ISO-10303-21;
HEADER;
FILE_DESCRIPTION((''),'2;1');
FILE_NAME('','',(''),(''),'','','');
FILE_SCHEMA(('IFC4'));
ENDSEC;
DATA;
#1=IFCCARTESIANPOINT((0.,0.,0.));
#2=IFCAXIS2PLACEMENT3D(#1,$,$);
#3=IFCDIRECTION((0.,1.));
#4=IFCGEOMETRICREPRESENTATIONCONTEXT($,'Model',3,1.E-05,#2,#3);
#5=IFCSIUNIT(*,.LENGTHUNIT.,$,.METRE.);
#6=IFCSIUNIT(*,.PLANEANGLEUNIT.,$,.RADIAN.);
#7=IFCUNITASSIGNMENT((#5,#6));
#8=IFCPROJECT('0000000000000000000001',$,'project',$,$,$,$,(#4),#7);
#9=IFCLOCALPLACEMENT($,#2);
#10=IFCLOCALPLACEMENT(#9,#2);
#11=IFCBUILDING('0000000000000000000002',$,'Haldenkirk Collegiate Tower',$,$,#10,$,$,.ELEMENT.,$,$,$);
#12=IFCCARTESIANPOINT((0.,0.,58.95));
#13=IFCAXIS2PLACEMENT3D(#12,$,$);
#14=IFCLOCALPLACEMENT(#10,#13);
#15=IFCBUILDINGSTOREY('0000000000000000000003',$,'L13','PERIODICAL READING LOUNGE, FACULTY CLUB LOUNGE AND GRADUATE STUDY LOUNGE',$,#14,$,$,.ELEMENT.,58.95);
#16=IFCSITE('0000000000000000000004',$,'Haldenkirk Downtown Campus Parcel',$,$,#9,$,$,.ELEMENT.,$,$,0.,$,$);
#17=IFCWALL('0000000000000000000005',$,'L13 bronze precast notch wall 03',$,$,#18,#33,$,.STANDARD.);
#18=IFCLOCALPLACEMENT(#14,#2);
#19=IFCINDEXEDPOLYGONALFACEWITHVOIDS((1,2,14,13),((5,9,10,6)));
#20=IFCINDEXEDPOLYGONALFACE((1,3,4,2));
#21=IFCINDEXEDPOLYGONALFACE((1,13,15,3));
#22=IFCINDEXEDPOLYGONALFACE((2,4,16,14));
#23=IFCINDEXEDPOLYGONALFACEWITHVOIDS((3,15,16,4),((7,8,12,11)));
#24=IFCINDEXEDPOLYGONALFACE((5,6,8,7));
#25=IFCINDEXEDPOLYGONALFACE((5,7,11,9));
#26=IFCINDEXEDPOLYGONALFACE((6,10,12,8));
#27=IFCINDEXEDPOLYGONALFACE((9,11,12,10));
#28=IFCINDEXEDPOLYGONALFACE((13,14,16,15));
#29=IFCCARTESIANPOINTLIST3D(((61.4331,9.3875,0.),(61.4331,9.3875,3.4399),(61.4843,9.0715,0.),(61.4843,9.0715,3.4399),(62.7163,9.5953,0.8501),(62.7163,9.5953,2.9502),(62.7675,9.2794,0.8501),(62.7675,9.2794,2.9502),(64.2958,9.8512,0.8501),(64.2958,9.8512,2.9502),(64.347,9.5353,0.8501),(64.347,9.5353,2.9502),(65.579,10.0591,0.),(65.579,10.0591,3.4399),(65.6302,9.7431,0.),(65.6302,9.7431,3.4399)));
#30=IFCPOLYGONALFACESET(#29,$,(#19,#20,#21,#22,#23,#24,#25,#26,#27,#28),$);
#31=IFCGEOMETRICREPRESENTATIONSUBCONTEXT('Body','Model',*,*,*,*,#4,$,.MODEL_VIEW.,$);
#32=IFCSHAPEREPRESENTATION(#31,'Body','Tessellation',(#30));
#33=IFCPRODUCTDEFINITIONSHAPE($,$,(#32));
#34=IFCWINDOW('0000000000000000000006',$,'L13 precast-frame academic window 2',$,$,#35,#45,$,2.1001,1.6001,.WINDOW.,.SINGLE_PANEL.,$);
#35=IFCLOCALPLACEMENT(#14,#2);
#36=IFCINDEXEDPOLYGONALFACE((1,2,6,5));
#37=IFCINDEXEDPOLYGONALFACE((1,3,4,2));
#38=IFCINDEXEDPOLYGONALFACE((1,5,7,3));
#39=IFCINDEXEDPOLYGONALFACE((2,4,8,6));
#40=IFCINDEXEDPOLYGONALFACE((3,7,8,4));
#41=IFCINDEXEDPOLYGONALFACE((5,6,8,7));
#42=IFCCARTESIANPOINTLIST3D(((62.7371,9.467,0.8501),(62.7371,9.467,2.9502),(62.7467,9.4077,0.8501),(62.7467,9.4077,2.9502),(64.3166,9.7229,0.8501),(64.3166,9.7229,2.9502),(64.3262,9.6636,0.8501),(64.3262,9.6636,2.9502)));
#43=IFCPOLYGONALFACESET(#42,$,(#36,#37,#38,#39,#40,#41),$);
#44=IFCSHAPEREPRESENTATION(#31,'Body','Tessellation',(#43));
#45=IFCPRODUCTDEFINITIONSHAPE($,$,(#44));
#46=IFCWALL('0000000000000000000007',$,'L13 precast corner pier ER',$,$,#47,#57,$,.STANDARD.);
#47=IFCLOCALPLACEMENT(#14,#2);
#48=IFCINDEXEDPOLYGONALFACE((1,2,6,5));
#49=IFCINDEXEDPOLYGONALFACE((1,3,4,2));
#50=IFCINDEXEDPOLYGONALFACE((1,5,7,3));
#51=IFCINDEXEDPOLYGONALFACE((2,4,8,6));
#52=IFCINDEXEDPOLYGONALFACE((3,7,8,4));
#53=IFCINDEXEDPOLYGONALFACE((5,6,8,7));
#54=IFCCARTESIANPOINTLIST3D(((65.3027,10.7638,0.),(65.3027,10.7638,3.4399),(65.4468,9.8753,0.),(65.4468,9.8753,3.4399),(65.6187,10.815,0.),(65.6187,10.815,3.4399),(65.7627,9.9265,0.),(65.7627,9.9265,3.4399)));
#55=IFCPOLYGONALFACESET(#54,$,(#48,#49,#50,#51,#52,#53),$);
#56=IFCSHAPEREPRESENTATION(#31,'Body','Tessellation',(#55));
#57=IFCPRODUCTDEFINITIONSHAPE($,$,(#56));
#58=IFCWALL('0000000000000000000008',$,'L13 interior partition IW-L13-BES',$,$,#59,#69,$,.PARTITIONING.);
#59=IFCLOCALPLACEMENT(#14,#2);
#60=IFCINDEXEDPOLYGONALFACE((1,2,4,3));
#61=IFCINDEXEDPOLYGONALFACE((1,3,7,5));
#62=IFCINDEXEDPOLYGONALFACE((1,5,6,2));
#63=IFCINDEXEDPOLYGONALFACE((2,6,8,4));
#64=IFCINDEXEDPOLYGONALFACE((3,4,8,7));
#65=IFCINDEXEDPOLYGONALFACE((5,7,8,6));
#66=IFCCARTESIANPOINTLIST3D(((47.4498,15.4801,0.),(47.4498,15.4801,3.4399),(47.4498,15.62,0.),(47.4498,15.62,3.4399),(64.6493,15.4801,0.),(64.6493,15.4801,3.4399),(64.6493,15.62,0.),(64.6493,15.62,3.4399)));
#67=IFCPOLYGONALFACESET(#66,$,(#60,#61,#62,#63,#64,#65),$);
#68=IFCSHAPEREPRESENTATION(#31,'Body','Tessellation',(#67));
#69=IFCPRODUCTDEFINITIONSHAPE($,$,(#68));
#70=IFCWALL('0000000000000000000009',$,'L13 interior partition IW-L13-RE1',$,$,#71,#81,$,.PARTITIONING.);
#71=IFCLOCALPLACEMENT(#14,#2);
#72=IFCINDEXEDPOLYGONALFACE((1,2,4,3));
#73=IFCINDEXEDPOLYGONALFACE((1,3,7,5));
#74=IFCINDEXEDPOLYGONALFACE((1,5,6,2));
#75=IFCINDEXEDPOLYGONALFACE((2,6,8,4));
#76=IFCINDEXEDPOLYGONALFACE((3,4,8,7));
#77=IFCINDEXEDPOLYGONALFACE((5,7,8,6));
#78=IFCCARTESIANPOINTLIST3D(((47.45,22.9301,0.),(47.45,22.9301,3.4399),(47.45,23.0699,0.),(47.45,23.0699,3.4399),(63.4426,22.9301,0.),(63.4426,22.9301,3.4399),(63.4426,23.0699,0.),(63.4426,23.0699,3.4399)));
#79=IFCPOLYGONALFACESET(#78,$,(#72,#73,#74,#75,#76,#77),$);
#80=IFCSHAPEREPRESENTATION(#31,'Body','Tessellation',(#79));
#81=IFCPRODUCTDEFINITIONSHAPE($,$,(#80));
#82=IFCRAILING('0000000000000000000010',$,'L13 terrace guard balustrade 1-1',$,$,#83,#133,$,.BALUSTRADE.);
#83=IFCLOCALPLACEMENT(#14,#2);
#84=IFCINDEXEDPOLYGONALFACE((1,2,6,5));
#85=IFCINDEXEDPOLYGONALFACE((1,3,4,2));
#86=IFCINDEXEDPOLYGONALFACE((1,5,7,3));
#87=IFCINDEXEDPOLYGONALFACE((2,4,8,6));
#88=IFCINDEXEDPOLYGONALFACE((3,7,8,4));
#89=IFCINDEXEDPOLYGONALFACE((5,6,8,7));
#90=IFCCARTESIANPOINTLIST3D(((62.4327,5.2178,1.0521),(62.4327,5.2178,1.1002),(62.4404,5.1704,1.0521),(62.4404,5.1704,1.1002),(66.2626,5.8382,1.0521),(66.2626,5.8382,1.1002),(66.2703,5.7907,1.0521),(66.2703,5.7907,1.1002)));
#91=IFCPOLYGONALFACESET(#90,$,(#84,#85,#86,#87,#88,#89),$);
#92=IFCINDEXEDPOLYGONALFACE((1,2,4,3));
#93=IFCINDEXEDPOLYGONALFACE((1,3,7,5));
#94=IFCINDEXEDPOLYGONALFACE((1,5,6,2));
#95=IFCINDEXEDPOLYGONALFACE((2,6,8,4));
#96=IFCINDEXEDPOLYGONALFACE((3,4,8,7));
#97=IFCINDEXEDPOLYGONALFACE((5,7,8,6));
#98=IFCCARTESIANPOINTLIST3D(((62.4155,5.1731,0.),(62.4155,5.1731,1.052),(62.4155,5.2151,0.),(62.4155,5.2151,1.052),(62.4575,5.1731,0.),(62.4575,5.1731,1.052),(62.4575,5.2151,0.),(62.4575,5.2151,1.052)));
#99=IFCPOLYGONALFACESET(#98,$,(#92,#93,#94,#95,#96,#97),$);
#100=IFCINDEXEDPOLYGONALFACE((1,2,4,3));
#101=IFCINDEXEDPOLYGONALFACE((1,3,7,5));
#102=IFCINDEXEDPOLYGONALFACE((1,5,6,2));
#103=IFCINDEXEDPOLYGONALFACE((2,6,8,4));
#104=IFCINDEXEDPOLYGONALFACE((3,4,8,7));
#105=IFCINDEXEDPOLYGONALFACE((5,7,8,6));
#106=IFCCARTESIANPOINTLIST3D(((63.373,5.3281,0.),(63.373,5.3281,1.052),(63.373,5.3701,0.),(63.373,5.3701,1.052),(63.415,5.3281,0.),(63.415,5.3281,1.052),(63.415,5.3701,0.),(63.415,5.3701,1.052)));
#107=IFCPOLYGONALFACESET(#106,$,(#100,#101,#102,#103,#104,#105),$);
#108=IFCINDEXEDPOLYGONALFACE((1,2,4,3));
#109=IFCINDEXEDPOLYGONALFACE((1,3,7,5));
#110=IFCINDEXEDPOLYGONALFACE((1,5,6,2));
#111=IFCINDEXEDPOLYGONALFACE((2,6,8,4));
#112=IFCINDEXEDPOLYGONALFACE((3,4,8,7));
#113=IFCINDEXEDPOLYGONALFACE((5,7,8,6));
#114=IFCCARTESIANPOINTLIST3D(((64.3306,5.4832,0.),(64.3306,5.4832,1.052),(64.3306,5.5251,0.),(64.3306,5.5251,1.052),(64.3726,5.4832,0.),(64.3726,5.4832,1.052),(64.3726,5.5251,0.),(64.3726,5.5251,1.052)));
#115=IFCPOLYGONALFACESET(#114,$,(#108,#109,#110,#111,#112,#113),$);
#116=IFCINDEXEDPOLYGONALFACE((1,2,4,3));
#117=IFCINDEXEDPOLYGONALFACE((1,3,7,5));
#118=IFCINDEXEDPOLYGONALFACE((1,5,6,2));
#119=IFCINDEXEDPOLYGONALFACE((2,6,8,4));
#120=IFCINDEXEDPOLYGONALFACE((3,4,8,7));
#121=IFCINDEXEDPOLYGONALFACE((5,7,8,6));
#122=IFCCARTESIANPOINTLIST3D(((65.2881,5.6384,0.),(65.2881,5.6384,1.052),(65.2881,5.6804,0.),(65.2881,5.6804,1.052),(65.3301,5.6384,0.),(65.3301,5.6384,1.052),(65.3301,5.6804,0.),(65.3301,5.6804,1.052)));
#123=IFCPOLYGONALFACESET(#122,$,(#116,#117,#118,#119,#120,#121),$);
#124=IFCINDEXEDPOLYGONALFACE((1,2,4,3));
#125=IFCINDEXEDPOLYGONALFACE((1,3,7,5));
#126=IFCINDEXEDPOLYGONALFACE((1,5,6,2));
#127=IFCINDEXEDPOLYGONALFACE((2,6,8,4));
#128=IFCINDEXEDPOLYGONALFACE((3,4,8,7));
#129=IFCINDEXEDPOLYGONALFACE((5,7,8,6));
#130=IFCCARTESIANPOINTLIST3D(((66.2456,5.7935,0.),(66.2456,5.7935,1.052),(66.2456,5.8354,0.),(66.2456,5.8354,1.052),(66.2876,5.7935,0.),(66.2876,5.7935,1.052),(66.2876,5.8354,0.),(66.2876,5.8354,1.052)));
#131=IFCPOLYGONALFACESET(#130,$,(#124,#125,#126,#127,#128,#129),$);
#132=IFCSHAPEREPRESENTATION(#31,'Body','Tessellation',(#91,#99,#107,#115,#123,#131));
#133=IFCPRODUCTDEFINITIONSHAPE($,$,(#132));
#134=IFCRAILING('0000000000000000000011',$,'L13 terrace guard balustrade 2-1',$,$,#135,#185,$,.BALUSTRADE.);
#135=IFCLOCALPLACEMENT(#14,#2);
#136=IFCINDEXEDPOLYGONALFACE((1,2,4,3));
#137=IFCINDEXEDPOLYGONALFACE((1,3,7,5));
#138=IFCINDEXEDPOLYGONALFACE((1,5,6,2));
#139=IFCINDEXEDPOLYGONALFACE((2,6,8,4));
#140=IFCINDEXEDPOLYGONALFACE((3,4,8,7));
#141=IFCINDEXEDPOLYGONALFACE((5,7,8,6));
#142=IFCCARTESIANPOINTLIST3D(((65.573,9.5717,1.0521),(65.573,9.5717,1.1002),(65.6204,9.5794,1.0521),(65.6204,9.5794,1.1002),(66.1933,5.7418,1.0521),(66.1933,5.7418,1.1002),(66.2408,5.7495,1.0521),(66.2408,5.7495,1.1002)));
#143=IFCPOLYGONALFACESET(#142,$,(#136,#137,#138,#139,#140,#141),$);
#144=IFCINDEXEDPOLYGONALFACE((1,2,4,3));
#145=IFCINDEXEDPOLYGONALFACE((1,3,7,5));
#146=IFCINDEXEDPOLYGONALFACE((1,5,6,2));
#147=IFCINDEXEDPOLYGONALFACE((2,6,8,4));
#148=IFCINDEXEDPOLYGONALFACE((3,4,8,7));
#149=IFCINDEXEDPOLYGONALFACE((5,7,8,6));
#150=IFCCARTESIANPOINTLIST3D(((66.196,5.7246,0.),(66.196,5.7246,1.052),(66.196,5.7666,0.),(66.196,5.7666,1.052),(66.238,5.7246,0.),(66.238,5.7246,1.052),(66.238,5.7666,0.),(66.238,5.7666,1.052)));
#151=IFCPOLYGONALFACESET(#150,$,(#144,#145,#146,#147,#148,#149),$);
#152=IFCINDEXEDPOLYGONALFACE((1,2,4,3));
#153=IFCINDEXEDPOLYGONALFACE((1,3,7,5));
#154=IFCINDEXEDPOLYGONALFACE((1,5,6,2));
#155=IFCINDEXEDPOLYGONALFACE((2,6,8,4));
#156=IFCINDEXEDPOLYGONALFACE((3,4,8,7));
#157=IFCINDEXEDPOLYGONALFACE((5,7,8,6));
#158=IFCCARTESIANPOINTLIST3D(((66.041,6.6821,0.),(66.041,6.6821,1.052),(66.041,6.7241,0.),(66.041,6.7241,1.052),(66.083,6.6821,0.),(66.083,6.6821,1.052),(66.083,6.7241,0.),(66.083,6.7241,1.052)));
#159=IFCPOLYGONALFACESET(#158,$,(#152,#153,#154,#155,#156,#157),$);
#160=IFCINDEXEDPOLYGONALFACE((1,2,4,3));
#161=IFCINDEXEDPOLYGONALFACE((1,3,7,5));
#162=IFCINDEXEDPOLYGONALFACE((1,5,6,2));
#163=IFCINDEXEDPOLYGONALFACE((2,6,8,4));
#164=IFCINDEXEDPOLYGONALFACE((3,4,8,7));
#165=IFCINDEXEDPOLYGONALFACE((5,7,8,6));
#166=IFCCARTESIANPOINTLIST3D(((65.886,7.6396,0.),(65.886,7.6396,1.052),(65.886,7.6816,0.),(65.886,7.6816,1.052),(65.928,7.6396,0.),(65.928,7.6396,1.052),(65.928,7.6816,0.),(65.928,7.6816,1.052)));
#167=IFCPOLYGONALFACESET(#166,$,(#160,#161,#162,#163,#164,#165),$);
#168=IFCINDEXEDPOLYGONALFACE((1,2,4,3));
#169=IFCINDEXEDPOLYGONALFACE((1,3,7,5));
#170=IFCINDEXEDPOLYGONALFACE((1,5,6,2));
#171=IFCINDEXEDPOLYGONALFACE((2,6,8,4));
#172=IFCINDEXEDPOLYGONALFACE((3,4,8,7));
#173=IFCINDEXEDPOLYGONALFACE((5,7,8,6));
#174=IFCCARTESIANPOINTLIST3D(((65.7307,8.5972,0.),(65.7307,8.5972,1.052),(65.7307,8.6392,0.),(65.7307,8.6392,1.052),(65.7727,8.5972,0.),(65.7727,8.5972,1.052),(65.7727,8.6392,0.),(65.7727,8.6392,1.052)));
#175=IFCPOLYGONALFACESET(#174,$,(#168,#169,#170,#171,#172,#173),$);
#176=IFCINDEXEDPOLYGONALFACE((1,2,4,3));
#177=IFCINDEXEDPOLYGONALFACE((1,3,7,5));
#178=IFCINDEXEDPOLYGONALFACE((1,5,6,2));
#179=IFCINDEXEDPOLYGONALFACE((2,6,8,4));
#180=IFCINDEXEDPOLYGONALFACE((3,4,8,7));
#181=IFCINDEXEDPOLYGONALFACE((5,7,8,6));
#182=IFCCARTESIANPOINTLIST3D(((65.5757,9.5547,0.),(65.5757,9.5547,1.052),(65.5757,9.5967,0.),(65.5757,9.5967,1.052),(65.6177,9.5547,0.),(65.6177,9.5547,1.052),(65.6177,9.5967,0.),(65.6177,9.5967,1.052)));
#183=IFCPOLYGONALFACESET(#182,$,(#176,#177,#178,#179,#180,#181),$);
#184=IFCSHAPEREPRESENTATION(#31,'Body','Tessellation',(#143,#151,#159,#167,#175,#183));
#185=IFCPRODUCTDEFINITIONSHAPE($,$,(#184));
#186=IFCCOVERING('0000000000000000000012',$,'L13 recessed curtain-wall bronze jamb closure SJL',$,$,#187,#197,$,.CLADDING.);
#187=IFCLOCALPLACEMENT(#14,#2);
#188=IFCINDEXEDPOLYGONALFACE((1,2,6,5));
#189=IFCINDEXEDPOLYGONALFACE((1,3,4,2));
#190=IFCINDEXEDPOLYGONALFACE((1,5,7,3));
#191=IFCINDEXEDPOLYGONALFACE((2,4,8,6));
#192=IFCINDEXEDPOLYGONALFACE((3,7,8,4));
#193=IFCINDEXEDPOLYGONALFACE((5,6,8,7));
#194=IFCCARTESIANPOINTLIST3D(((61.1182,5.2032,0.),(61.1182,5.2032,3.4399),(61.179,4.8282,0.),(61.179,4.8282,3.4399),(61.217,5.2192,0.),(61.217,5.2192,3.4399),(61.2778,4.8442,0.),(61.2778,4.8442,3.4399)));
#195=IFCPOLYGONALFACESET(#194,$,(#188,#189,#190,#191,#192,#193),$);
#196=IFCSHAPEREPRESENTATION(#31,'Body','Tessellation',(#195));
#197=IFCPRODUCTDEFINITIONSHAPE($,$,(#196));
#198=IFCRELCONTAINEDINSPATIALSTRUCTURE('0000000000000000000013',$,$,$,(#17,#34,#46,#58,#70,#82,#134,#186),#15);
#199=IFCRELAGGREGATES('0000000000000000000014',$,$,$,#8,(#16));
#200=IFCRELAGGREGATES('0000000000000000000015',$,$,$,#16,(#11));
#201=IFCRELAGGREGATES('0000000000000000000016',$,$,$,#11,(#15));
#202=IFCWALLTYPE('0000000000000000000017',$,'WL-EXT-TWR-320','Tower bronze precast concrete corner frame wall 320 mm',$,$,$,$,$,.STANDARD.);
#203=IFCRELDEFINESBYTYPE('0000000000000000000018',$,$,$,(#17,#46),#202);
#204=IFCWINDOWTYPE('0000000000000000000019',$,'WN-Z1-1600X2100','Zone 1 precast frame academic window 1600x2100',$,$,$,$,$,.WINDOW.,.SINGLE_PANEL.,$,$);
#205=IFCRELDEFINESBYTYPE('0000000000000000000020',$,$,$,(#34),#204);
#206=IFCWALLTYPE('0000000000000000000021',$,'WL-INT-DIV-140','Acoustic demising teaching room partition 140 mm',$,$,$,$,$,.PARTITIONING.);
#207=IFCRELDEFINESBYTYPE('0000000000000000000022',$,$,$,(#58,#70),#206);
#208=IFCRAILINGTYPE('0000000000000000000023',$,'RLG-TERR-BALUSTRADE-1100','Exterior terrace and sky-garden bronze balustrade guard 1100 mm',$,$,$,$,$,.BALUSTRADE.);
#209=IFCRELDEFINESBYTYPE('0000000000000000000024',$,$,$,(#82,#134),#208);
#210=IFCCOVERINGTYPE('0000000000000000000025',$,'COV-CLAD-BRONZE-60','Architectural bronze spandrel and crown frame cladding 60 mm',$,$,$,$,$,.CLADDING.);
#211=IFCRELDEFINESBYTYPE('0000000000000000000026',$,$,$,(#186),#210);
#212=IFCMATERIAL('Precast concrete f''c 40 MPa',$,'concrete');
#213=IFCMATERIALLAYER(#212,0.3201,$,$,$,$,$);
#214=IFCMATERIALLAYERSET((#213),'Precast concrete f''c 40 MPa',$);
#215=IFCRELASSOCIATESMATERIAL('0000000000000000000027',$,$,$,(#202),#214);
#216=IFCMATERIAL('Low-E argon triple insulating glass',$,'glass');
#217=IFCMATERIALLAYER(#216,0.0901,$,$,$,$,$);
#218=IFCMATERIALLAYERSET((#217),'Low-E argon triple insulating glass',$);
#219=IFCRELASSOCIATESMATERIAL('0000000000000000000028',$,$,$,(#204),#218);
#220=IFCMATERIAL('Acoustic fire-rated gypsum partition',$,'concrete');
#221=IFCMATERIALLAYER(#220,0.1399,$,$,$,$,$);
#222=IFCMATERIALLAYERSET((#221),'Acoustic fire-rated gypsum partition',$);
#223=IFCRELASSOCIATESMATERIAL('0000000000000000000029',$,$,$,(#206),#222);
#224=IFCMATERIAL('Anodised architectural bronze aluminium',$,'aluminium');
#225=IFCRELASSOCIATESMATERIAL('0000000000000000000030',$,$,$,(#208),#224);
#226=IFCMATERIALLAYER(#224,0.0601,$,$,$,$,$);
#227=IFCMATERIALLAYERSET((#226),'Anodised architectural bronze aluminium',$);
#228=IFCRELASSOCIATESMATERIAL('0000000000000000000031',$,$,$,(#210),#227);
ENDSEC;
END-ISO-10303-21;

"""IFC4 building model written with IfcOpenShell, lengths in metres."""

from ifc_helpers import new_model, si_unit, direction, frame, frame_2d, origin, origin_2d, place, context, subcontext, project, spatial, rectangle, extrude, source, transform, mapped, material, layer, layer_set, type_object, element, fill, save


model = new_model("IFC4")

# Units and contexts
model_context = context("Model", 3, precision=1e-05, world=origin(), true_north=direction((0.0, 1.0)))
body_context = subcontext(model_context, "Body", "Model", "MODEL_VIEW")
ifc_project = project(units=[si_unit("LENGTHUNIT", "METRE"), si_unit("PLANEANGLEUNIT", "RADIAN")], contexts=[model_context])

# Site, building, storey
site_placement = place(None, origin())
site = spatial("IfcSite", under=ifc_project, at=site_placement, Name="Haldenkirk Downtown Campus Parcel", CompositionType="ELEMENT", RefElevation=0.0)
building_placement = place(site_placement, origin())
building = spatial("IfcBuilding", under=site, at=building_placement, Name="Haldenkirk Collegiate Tower", CompositionType="ELEMENT")
storey_placement = place(building_placement, frame((0.0, 0.0, 58.95)))
storey = spatial("IfcBuildingStorey", under=building, at=storey_placement, Name="L13", Description="PERIODICAL READING LOUNGE, FACULTY CLUB LOUNGE AND GRADUATE STUDY LOUNGE", CompositionType="ELEMENT", Elevation=58.95)

# Shared definitions
ifc_material_1 = material(Name="Anodised architectural bronze aluminium", Category="aluminium")

# Shared definitions
ifc_material_2 = material(Name="Low-E argon triple insulating glass", Category="glass")

# Shared definitions
ifc_material_3 = material(Name="Precast concrete f'c 40 MPa", Category="concrete")
ifc_layer_1 = layer(ifc_material_3, 0.3201)
ifc_layer_set_1 = layer_set([ifc_layer_1], Name="Precast concrete f'c 40 MPa")
wall_type_1 = type_object("IfcWallType", Name="WL-EXT-TWR-320", Description="Tower bronze precast concrete corner frame wall 320 mm", PredefinedType="STANDARD", material=ifc_layer_set_1)

# Wall, opening, window
wall_1_placement = place(storey_placement, frame((65.6047, 9.9011, 0.0), z_axis=(0.0, 0.0, 1.0), x_axis=(-0.987132, -0.15991, 0.0)))
wall_1 = element("IfcWall", 1, at=wall_1_placement, inside=storey, type_object=wall_type_1, Name="L13 bronze precast notch wall 03", PredefinedType="STANDARD", context=body_context, shape_type="SweptSolid", body=[
    extrude(rectangle(XDim=4.2, YDim=0.3201, at=frame_2d((2.1001, 0.0))), origin(), (0.0, 0.0, 1.0), 3.4399),
])
opening_1_placement = place(wall_1_placement, frame((1.3, 0.0, 0.8501)))
opening_1 = element("IfcOpeningElement", 2, at=opening_1_placement, cuts=wall_1, PredefinedType="OPENING", context=body_context, shape_type="SweptSolid", body=[
    extrude(rectangle(XDim=1.6001, YDim=2.1001, at=frame_2d((0.8, 1.05))), frame((0.0, 0.1699, 0.0), z_axis=(0.0, -1.0, 0.0), x_axis=(1.0, 0.0, 0.0)), (0.0, 0.0, 1.0), 0.3401),
])
ifc_layer_2 = layer(ifc_material_2, 0.0901)
ifc_layer_set_2 = layer_set([ifc_layer_2], Name="Low-E argon triple insulating glass")
window_type = type_object("IfcWindowType", Name="WN-Z1-1600X2100", Description="Zone 1 precast frame academic window 1600x2100", PartitioningType="SINGLE_PANEL", PredefinedType="WINDOW", material=ifc_layer_set_2)
window_placement = place(opening_1_placement, origin())
window = element("IfcWindow", 3, at=window_placement, inside=storey, type_object=window_type, Name="L13 precast-frame academic window 2", OverallHeight=2.1001, OverallWidth=1.6001, PartitioningType="SINGLE_PANEL", PredefinedType="WINDOW", context=body_context, shape_type="SweptSolid", body=[
    extrude(rectangle(XDim=1.6001, YDim=2.1001, at=frame_2d((0.8, 1.05))), frame((0.0, 0.03, 0.0), z_axis=(0.0, -1.0, 0.0), x_axis=(1.0, 0.0, 0.0)), (0.0, 0.0, 1.0), 0.0601),
])
fill(opening_1, window)

# Walls
wall_2_placement = place(storey_placement, frame((65.4607, 10.7896, 0.0), z_axis=(0.0, 0.0, 1.0), x_axis=(0.160043, -0.98711, 0.0)))
element("IfcWall", 4, at=wall_2_placement, inside=storey, type_object=wall_type_1, Name="L13 precast corner pier ER", PredefinedType="STANDARD", context=body_context, shape_type="SweptSolid", body=[
    extrude(rectangle(XDim=0.9001, YDim=0.3201, at=frame_2d((0.4502, 0.0))), origin(), (0.0, 0.0, 1.0), 3.4399),
])
ifc_material_4 = material(Name="Acoustic fire-rated gypsum partition", Category="concrete")
ifc_layer_3 = layer(ifc_material_4, 0.1399)
ifc_layer_set_3 = layer_set([ifc_layer_3], Name="Acoustic fire-rated gypsum partition")
wall_type_2 = type_object("IfcWallType", Name="WL-INT-DIV-140", Description="Acoustic demising teaching room partition 140 mm", PredefinedType="PARTITIONING", material=ifc_layer_set_3)
wall_3_placement = place(storey_placement, frame((47.45, 15.55, 0.0), z_axis=(0.0, 0.0, 1.0), x_axis=(1.0, 0.0, 0.0)))
element("IfcWall", 5, at=wall_3_placement, inside=storey, type_object=wall_type_2, Name="L13 interior partition IW-L13-BES", PredefinedType="PARTITIONING", context=body_context, shape_type="SweptSolid", body=[
    extrude(rectangle(XDim=17.1995, YDim=0.1399, at=frame_2d((8.5996, 0.0))), origin(), (0.0, 0.0, 1.0), 3.4399),
])
wall_4_placement = place(storey_placement, frame((47.45, 23.0, 0.0), z_axis=(0.0, 0.0, 1.0), x_axis=(1.0, 0.0, 0.0)))
element("IfcWall", 6, at=wall_4_placement, inside=storey, type_object=wall_type_2, Name="L13 interior partition IW-L13-RE1", PredefinedType="PARTITIONING", context=body_context, shape_type="SweptSolid", body=[
    extrude(rectangle(XDim=15.9927, YDim=0.1399, at=frame_2d((7.9963, 0.0))), origin(), (0.0, 0.0, 1.0), 3.4399),
])

# Railings
railing_type = type_object("IfcRailingType", Name="RLG-TERR-BALUSTRADE-1100", Description="Exterior terrace and sky-garden bronze balustrade guard 1100 mm", PredefinedType="BALUSTRADE", material=ifc_material_1)
railing_1_placement = place(storey_placement, frame((62.4365, 5.1941, 0.0)))
element("IfcRailing", 7, at=railing_1_placement, inside=storey, type_object=railing_type, Name="L13 terrace guard balustrade 1-1", PredefinedType="BALUSTRADE", context=body_context, shape_type="SweptSolid", body=[
    extrude(rectangle(XDim=0.0481, YDim=0.0481, at=origin_2d()), frame((0.0, 0.0, 1.0762), z_axis=(0.987135, 0.159887, 0.0), x_axis=(-0.159887, 0.987135, 0.0)), (0.0, 0.0, 1.0), 3.8799),
    extrude(rectangle(XDim=0.042, YDim=0.042, at=origin_2d()), origin(), (0.0, 0.0, 1.0), 1.052),
    extrude(rectangle(XDim=0.042, YDim=0.042, at=origin_2d()), frame((0.9575, 0.155, 0.0)), (0.0, 0.0, 1.0), 1.052),
    extrude(rectangle(XDim=0.042, YDim=0.042, at=origin_2d()), frame((1.915, 0.3101, 0.0)), (0.0, 0.0, 1.0), 1.052),
    extrude(rectangle(XDim=0.042, YDim=0.042, at=origin_2d()), frame((2.8726, 0.4653, 0.0)), (0.0, 0.0, 1.0), 1.052),
    extrude(rectangle(XDim=0.042, YDim=0.042, at=origin_2d()), frame((3.8301, 0.6204, 0.0)), (0.0, 0.0, 1.0), 1.052),
])
railing_2_placement = place(storey_placement, frame((66.217, 5.7456, 0.0)))
element("IfcRailing", 8, at=railing_2_placement, inside=storey, type_object=railing_type, Name="L13 terrace guard balustrade 2-1", PredefinedType="BALUSTRADE", context=body_context, shape_type="SweptSolid", body=[
    extrude(rectangle(XDim=0.0481, YDim=0.0481, at=origin_2d()), frame((0.0, 0.0, 1.0762), z_axis=(-0.159887, 0.987135, 0.0), x_axis=(-0.987135, -0.159887, 0.0)), (0.0, 0.0, 1.0), 3.8799),
    extrude(rectangle(XDim=0.042, YDim=0.042, at=origin_2d()), origin(), (0.0, 0.0, 1.0), 1.052),
    extrude(rectangle(XDim=0.042, YDim=0.042, at=origin_2d()), frame((-0.155, 0.9575, 0.0)), (0.0, 0.0, 1.0), 1.052),
    extrude(rectangle(XDim=0.042, YDim=0.042, at=origin_2d()), frame((-0.3101, 1.915, 0.0)), (0.0, 0.0, 1.0), 1.052),
    extrude(rectangle(XDim=0.042, YDim=0.042, at=origin_2d()), frame((-0.4653, 2.8726, 0.0)), (0.0, 0.0, 1.0), 1.052),
    extrude(rectangle(XDim=0.042, YDim=0.042, at=origin_2d()), frame((-0.6204, 3.8301, 0.0)), (0.0, 0.0, 1.0), 1.052),
])

# Covering
ifc_layer_4 = layer(ifc_material_1, 0.0601)
ifc_layer_set_4 = layer_set([ifc_layer_4], Name="Anodised architectural bronze aluminium")
covering_type = type_object("IfcCoveringType", Name="COV-CLAD-BRONZE-60", Description="Architectural bronze spandrel and crown frame cladding 60 mm", PredefinedType="CLADDING", material=ifc_layer_set_4)
shared_shape_1 = source(origin(), body_context, "Body", "SweptSolid", [
    extrude(rectangle(XDim=0.1001, YDim=0.3799, at=origin_2d()), origin(), (0.0, 0.0, 1.0), 3.4399),
])
for number, where, z_axis, x_axis, name in (
    (9, (61.198, 5.0237, 0.0), (0.0, 0.0, 1.0), (-0.987136, -0.159881, 0.0), "L13 recessed curtain-wall bronze jamb closure SJL"),
):
    element("IfcCovering", number, at=place(storey_placement, frame(where, z_axis=z_axis, x_axis=x_axis)), inside=storey, type_object=covering_type, Name=name, PredefinedType="CLADDING", context=body_context, shape_type="MappedRepresentation", body=[
        mapped(shared_shape_1, transform((0.0, 0.0, 0.0), x_axis=(1.0, 0.0, 0.0), y_axis=(0.0, 1.0, 0.0), z_axis=(0.0, 0.0, 1.0), scale=1.0)),
    ])

save(model, "model.ifc")
